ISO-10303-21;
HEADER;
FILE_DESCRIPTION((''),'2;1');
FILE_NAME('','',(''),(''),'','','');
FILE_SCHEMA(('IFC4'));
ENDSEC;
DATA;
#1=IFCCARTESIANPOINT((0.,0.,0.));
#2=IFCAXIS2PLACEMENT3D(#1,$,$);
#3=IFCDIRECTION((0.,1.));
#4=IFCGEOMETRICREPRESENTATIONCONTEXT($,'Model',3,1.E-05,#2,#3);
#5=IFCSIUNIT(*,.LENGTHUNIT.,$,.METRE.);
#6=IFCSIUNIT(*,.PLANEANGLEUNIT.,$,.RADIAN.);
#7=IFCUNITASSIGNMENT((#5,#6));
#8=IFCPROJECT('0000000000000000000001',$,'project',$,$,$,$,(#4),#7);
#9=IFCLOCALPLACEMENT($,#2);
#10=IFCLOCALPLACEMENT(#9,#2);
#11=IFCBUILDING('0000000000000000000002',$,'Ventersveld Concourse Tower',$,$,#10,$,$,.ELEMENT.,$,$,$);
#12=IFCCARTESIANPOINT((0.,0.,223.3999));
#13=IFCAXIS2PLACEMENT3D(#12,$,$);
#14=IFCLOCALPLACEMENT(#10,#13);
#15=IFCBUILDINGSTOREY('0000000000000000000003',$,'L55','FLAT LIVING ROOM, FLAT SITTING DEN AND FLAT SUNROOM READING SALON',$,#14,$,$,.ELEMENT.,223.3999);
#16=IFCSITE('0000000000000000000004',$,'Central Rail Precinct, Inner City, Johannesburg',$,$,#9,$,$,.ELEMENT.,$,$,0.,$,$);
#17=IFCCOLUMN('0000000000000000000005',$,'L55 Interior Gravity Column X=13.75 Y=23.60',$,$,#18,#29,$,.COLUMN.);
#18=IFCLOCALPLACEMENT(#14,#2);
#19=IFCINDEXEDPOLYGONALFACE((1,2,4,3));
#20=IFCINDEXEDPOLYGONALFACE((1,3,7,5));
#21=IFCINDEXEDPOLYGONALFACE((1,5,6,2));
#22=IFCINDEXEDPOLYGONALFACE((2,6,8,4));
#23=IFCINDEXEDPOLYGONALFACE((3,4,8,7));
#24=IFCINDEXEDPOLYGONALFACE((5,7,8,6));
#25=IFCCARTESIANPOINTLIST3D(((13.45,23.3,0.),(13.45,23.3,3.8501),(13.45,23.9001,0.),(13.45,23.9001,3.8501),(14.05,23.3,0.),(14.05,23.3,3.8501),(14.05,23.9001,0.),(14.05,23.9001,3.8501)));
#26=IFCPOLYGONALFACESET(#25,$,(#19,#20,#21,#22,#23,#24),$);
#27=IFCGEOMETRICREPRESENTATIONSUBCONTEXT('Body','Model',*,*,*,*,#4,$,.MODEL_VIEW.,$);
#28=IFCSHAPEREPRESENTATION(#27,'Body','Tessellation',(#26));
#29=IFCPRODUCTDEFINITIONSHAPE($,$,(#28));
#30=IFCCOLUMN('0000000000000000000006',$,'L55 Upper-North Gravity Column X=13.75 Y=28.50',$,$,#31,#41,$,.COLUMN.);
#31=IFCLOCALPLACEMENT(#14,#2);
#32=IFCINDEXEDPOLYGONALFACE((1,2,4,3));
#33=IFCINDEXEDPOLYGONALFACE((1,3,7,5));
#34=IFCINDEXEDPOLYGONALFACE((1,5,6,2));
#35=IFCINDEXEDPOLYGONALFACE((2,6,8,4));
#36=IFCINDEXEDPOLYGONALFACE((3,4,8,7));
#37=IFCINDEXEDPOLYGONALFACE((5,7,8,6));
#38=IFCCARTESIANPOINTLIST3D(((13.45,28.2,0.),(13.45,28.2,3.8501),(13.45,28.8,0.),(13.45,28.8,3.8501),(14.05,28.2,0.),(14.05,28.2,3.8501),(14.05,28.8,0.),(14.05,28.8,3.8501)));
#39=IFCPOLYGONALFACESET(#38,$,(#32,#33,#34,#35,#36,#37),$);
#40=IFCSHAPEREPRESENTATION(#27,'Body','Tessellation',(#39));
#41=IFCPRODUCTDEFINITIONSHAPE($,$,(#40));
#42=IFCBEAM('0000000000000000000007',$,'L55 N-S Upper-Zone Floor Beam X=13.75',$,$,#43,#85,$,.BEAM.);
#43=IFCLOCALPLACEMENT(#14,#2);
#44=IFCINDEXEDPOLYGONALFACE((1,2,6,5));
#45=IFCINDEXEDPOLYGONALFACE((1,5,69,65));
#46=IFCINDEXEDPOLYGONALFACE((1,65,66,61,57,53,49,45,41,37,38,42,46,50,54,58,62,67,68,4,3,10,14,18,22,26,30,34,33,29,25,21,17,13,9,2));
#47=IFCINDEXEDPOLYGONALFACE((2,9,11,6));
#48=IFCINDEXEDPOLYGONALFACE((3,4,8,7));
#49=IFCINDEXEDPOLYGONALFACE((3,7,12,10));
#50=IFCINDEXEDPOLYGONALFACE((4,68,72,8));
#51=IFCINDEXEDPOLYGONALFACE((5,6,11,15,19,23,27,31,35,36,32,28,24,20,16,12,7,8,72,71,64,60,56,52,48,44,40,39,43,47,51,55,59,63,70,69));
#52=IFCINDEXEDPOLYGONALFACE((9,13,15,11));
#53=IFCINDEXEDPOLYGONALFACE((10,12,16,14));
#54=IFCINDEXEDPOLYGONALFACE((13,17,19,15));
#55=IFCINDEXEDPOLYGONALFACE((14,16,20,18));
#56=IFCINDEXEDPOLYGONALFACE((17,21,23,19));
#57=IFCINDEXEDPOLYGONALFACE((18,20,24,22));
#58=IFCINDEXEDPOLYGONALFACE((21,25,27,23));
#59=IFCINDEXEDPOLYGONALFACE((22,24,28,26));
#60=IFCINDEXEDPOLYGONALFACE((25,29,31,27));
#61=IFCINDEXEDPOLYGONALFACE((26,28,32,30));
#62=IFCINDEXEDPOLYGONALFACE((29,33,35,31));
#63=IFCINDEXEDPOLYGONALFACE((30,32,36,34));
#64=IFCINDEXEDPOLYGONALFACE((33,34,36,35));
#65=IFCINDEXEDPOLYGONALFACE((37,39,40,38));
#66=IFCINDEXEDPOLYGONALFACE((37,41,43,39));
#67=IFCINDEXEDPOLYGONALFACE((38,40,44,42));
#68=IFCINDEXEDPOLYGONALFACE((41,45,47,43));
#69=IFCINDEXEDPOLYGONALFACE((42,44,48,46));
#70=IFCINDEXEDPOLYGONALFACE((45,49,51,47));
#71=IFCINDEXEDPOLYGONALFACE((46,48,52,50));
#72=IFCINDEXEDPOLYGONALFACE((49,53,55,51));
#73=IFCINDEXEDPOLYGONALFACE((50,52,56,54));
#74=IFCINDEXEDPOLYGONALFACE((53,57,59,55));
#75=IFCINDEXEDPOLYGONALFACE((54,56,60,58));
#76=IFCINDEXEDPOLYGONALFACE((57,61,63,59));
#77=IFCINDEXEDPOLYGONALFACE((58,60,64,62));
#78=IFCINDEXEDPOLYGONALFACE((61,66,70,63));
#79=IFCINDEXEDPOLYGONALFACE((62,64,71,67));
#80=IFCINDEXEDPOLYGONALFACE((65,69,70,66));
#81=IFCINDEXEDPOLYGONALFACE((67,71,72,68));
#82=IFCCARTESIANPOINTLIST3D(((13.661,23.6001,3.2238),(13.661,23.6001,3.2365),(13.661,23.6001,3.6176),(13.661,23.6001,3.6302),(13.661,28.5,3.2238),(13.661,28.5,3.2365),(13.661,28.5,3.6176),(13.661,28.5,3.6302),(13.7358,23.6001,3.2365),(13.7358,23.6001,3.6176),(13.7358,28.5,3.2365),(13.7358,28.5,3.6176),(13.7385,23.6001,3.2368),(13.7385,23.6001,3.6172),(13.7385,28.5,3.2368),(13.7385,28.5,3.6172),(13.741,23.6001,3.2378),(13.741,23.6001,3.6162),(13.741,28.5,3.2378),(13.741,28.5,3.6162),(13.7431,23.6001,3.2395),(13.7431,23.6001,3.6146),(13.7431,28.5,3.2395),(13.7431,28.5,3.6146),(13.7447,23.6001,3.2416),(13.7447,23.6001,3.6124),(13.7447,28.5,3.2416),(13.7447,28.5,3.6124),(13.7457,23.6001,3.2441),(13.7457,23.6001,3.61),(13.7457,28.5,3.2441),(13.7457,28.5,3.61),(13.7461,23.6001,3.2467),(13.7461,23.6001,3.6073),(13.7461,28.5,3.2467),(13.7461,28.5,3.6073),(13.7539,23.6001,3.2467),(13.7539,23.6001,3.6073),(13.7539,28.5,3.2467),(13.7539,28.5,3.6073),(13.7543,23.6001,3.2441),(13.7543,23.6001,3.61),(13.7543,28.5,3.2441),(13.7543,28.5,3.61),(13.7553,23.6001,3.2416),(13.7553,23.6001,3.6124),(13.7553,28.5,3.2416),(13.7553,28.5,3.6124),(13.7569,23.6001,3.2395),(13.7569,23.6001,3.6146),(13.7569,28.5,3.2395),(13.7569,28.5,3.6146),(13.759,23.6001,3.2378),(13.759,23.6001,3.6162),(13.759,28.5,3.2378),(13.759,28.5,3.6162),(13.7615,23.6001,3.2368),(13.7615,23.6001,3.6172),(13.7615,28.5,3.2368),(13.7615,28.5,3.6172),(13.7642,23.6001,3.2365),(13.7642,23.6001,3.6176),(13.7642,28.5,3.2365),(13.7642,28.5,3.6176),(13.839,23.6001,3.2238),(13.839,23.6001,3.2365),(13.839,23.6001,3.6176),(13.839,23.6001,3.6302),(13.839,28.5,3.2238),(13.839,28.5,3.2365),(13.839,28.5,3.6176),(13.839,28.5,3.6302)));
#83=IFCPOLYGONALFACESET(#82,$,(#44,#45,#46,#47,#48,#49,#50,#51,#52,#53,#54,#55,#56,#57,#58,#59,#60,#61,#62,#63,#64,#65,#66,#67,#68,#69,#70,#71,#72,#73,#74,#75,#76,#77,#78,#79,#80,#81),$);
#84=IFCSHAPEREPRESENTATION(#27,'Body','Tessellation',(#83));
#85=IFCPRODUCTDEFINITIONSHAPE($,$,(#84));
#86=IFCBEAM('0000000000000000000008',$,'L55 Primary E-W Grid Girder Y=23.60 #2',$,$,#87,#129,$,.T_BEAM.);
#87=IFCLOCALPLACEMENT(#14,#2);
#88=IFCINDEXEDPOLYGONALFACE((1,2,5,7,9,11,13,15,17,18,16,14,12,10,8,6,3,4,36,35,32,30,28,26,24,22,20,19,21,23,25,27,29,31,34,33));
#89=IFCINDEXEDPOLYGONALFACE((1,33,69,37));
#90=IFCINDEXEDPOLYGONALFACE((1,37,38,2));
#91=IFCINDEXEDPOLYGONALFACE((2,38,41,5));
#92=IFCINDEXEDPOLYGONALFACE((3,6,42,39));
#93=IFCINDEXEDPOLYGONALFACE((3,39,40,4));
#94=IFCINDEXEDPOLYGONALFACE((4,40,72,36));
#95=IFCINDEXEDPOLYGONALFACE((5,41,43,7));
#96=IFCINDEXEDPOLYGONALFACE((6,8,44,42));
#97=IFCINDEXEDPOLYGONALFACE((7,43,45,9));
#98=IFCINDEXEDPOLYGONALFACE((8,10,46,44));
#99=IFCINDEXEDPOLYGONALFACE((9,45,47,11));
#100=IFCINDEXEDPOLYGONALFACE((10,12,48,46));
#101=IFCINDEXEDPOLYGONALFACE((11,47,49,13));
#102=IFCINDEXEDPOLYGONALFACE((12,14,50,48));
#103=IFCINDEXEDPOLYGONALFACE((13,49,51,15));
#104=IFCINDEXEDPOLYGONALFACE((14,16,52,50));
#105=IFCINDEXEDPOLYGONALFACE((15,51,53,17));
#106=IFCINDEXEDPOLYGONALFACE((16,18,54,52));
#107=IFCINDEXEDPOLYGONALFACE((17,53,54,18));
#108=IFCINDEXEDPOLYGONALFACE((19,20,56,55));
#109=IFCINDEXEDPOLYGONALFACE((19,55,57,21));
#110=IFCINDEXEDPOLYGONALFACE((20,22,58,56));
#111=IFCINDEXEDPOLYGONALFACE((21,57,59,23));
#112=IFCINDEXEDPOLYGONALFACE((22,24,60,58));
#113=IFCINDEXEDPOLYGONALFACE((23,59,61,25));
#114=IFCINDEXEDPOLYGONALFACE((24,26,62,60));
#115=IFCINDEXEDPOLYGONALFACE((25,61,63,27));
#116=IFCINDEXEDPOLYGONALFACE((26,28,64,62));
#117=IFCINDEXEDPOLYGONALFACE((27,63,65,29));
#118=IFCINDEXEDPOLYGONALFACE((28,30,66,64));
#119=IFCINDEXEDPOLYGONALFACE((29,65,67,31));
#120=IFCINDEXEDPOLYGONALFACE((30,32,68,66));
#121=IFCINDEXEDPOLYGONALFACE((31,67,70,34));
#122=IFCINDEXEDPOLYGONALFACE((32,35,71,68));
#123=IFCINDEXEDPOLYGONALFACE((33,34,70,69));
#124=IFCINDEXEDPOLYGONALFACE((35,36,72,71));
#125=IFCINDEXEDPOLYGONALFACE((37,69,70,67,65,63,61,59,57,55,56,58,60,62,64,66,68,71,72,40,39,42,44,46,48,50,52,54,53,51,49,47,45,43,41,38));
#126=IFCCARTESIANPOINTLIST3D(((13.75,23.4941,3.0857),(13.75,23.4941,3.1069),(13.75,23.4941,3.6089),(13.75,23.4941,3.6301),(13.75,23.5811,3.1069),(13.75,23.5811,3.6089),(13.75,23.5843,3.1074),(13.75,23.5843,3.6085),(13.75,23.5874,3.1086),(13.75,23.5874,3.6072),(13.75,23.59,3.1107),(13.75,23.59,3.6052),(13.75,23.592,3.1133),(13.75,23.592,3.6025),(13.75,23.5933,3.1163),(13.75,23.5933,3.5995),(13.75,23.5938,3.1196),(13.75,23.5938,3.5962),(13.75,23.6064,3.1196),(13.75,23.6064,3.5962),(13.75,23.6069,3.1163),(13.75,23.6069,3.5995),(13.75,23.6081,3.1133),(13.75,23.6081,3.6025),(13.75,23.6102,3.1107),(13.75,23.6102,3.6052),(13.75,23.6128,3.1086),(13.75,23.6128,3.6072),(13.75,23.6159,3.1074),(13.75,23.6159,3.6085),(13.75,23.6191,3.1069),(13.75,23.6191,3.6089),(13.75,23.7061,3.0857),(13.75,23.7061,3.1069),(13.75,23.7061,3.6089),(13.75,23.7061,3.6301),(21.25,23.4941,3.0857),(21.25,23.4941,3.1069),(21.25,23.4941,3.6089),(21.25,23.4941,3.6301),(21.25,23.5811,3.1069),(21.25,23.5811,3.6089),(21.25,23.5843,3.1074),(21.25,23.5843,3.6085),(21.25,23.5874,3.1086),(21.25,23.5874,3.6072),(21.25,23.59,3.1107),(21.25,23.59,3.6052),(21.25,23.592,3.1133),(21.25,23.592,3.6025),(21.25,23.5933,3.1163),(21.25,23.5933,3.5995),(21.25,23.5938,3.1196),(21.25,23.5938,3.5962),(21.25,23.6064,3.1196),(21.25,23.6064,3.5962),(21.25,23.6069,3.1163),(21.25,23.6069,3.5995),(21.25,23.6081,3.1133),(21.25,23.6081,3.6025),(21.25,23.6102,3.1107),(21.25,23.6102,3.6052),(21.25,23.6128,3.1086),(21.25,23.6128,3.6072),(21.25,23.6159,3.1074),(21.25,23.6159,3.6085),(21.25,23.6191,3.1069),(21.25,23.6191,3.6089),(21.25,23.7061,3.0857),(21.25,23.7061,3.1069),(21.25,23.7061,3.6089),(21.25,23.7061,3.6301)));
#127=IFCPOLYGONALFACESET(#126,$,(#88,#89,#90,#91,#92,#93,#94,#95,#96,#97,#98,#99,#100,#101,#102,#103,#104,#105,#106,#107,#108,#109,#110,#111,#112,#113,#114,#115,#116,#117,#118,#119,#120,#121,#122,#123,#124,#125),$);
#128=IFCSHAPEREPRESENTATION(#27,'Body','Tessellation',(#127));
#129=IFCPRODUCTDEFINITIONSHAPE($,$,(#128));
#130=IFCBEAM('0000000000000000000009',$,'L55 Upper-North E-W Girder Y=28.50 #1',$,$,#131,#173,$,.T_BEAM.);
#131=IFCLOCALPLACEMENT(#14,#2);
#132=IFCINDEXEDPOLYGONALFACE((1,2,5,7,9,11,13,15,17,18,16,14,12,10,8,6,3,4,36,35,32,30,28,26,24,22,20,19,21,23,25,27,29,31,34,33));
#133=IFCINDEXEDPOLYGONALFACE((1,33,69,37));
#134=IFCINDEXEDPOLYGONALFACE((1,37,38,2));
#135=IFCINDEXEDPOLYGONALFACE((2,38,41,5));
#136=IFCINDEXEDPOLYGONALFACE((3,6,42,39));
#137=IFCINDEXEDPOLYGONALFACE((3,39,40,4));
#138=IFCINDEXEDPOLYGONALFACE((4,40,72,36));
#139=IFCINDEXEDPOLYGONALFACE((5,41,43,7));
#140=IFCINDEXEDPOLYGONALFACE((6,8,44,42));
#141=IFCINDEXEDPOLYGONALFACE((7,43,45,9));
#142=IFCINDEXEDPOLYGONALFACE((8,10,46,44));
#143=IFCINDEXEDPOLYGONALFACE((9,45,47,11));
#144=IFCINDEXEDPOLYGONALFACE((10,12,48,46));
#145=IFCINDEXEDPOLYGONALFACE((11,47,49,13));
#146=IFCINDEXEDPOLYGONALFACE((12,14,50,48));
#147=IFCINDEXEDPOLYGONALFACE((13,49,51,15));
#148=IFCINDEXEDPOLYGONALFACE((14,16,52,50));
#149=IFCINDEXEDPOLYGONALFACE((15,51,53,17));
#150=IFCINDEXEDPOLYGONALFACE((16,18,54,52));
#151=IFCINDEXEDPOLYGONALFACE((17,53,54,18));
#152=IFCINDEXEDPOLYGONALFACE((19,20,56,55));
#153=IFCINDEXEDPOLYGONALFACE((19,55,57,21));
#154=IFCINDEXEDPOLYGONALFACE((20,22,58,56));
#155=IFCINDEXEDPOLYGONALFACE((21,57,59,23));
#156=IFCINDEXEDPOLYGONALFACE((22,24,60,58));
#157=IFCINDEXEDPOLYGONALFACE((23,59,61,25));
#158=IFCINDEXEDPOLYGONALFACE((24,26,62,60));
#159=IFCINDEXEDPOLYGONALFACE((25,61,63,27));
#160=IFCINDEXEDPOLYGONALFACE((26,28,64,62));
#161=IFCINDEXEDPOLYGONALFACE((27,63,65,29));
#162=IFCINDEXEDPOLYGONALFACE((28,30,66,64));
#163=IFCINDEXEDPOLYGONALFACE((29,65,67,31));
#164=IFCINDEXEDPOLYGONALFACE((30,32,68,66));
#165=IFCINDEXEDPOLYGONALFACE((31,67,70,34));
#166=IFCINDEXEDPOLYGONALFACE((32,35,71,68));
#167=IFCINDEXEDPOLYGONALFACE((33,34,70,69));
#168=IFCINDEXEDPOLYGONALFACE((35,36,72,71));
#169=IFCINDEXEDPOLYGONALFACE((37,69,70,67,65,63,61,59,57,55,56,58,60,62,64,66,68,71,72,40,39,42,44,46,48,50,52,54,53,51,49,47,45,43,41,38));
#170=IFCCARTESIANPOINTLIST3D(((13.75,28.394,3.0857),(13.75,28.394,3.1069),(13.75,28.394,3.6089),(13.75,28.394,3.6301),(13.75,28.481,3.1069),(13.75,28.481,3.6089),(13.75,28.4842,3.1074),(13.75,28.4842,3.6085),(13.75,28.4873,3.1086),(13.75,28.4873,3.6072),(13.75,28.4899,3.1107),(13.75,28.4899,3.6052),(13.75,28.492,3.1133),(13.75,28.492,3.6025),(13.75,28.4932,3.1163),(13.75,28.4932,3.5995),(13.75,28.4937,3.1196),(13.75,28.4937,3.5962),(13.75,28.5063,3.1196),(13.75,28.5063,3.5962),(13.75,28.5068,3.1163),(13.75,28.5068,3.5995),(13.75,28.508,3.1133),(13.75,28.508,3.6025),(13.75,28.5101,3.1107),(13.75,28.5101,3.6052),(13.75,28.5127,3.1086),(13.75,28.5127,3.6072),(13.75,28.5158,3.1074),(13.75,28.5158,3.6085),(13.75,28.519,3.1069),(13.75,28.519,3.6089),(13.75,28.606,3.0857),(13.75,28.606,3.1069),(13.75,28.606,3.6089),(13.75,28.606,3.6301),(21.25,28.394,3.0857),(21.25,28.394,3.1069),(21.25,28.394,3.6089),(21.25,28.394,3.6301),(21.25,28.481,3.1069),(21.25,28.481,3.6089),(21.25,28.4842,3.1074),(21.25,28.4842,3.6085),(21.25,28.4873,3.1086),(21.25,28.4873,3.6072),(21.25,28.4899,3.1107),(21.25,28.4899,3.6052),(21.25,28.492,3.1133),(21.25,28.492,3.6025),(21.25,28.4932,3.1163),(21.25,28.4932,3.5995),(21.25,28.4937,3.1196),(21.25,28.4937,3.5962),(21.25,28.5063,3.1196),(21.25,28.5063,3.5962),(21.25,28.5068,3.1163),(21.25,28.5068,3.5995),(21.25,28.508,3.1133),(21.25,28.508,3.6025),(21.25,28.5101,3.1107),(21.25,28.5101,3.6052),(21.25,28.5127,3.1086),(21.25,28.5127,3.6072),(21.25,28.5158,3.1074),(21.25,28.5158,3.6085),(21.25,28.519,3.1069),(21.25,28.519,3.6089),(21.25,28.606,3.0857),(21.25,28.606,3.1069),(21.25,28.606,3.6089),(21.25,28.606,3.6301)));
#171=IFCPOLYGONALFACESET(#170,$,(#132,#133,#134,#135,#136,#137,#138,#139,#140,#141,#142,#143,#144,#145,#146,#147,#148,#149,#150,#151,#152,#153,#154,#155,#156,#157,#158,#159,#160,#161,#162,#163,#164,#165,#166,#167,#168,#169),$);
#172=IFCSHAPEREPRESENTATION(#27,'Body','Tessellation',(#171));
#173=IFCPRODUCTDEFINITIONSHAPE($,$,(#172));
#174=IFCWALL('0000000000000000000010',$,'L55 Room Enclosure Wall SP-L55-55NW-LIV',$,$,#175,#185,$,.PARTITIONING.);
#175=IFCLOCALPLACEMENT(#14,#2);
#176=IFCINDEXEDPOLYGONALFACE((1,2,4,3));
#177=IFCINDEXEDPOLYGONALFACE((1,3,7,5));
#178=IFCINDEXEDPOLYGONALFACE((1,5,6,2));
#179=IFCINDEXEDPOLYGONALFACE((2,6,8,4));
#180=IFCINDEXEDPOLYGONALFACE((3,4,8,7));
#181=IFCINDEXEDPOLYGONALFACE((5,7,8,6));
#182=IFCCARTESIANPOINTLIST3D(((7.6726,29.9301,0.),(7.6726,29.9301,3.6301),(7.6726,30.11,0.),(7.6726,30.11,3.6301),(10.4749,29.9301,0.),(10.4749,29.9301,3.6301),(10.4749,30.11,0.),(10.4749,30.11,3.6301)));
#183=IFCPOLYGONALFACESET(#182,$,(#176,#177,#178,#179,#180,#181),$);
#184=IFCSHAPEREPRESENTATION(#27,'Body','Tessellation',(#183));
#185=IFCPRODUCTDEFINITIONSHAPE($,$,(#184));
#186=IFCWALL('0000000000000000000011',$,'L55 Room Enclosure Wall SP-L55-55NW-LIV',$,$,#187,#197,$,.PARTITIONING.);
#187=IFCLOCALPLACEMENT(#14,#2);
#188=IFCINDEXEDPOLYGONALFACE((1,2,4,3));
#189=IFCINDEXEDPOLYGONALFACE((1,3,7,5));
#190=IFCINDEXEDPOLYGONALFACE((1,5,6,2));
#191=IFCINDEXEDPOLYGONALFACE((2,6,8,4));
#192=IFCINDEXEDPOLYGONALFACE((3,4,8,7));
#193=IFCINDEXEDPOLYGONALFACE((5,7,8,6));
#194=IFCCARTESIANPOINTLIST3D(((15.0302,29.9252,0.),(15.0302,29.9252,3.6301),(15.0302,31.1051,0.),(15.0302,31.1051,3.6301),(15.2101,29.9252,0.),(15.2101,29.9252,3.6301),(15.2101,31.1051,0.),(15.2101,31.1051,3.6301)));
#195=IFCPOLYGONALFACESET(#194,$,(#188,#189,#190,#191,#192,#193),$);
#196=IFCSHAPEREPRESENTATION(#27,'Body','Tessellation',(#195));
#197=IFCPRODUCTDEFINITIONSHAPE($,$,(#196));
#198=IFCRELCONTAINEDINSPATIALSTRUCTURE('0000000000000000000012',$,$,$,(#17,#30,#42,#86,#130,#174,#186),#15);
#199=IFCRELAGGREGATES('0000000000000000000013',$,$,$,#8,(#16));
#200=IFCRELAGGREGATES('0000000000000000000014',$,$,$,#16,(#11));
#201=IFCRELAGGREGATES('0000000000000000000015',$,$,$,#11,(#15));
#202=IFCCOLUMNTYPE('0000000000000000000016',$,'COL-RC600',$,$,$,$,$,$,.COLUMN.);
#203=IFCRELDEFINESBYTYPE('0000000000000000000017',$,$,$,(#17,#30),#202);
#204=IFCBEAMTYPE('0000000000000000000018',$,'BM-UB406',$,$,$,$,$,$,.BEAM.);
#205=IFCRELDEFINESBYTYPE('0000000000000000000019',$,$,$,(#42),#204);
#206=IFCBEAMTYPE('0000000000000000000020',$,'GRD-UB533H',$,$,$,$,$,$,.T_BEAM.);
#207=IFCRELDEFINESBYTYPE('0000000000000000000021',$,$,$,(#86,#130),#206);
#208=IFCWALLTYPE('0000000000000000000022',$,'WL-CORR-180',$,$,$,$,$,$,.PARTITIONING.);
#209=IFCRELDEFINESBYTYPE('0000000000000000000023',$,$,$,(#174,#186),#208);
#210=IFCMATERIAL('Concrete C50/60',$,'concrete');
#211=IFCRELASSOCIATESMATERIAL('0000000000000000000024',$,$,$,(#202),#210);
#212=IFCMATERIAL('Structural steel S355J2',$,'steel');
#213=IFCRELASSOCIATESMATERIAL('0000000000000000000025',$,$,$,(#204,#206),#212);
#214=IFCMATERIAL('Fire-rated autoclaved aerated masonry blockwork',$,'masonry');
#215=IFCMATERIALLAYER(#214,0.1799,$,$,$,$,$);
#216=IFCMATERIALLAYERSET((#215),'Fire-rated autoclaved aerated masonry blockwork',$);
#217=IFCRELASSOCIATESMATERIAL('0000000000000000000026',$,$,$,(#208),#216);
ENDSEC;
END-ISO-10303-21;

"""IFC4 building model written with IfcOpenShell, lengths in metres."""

from ifc_helpers import new_model, si_unit, direction, frame, frame_2d, origin, origin_2d, place, context, subcontext, project, spatial, rectangle, i_section, extrude, material, layer, layer_set, material_profile, profile_set, type_object, element, save


model = new_model("IFC4")

# Units and contexts
model_context = context("Model", 3, precision=1e-05, world=origin(), true_north=direction((0.0, 1.0)))
body_context = subcontext(model_context, "Body", "Model", "MODEL_VIEW")
ifc_project = project(units=[si_unit("LENGTHUNIT", "METRE"), si_unit("PLANEANGLEUNIT", "RADIAN")], contexts=[model_context])

# Site, building, storey
site_placement = place(None, origin())
site = spatial("IfcSite", under=ifc_project, at=site_placement, Name="Central Rail Precinct, Inner City, Johannesburg", CompositionType="ELEMENT", RefElevation=0.0)
building_placement = place(site_placement, origin())
building = spatial("IfcBuilding", under=site, at=building_placement, Name="Ventersveld Concourse Tower", CompositionType="ELEMENT")
storey_placement = place(building_placement, frame((0.0, 0.0, 223.3999)))
storey = spatial("IfcBuildingStorey", under=building, at=storey_placement, Name="L55", Description="FLAT LIVING ROOM, FLAT SITTING DEN AND FLAT SUNROOM READING SALON", CompositionType="ELEMENT", Elevation=223.3999)

# Columns
ifc_material_1 = material(Name="Concrete C50/60", Category="concrete")
ifc_material_profile_1 = material_profile(ifc_material_1, rectangle(XDim=0.6001, YDim=0.6001, at=origin_2d()), Name="RC 600x600")
ifc_profile_set_1 = profile_set([ifc_material_profile_1], Name="Concrete C50/60")
column_type = type_object("IfcColumnType", Name="COL-RC600", PredefinedType="COLUMN", material=ifc_profile_set_1)
for number, where, z_axis, x_axis, name in (
    (1, (13.75, 23.6001, 0.0), (0.0, 0.0, 1.0), (1.0, 0.0, 0.0), "L55 Interior Gravity Column X=13.75 Y=23.60"),
    (2, (13.75, 28.5, 0.0), (0.0, 0.0, 1.0), (1.0, 0.0, 0.0), "L55 Upper-North Gravity Column X=13.75 Y=28.50"),
):
    element("IfcColumn", number, at=place(storey_placement, frame(where, z_axis=z_axis, x_axis=x_axis)), inside=storey, type_object=column_type, Name=name, PredefinedType="COLUMN", context=body_context, shape_type="SweptSolid", body=[
        extrude(rectangle(XDim=0.6001, YDim=0.6001, at=origin_2d()), origin(), (0.0, 0.0, 1.0), 3.8501),
    ])

# Beams
ifc_material_2 = material(Name="Structural steel S355J2", Category="steel")
ifc_material_profile_2 = material_profile(ifc_material_2, i_section(OverallWidth=0.178, OverallDepth=0.4065, WebThickness=0.0078, FlangeThickness=0.0127, FilletRadius=0.0103, at=origin_2d()), Name="UB 406x178x60")
ifc_profile_set_2 = profile_set([ifc_material_profile_2], Name="Structural steel S355J2")
beam_type_1 = type_object("IfcBeamType", Name="BM-UB406", PredefinedType="BEAM", material=ifc_profile_set_2)
beam_placement = place(storey_placement, frame((13.75, 23.6001, 3.427), z_axis=(0.0, 1.0, 0.0), x_axis=(-1.0, 0.0, 0.0)))
element("IfcBeam", 3, at=beam_placement, inside=storey, type_object=beam_type_1, Name="L55 N-S Upper-Zone Floor Beam X=13.75", PredefinedType="BEAM", context=body_context, shape_type="SweptSolid", body=[
    extrude(i_section(OverallWidth=0.178, OverallDepth=0.4065, WebThickness=0.0078, FlangeThickness=0.0127, FilletRadius=0.0103, at=origin_2d()), origin(), (0.0, 0.0, 1.0), 4.8999),
])
ifc_material_profile_3 = material_profile(ifc_material_2, i_section(OverallWidth=0.2119, OverallDepth=0.5444, WebThickness=0.0127, FlangeThickness=0.0212, FilletRadius=0.0127, at=origin_2d()), Name="UB 533x210x122")
ifc_profile_set_3 = profile_set([ifc_material_profile_3], Name="Structural steel S355J2")
beam_type_2 = type_object("IfcBeamType", Name="GRD-UB533H", PredefinedType="T_BEAM", material=ifc_profile_set_3)
for number, where, z_axis, x_axis, name in (
    (4, (13.75, 23.6001, 3.3579), (1.0, 0.0, 0.0), (0.0, 1.0, 0.0), "L55 Primary E-W Grid Girder Y=23.60 #2"),
    (5, (13.75, 28.5, 3.3579), (1.0, 0.0, 0.0), (0.0, 1.0, 0.0), "L55 Upper-North E-W Girder Y=28.50 #1"),
):
    element("IfcBeam", number, at=place(storey_placement, frame(where, z_axis=z_axis, x_axis=x_axis)), inside=storey, type_object=beam_type_2, Name=name, PredefinedType="T_BEAM", context=body_context, shape_type="SweptSolid", body=[
        extrude(i_section(OverallWidth=0.2119, OverallDepth=0.5444, WebThickness=0.0127, FlangeThickness=0.0212, FilletRadius=0.0127, at=origin_2d()), origin(), (0.0, 0.0, 1.0), 7.5),
    ])

# Walls
ifc_material_3 = material(Name="Fire-rated autoclaved aerated masonry blockwork", Category="masonry")
ifc_layer_1 = layer(ifc_material_3, 0.1799)
ifc_layer_set_1 = layer_set([ifc_layer_1], Name="Fire-rated autoclaved aerated masonry blockwork")
wall_type_1 = type_object("IfcWallType", Name="WL-CORR-180", PredefinedType="PARTITIONING", material=ifc_layer_set_1)
wall_1_placement = place(storey_placement, frame((10.4749, 30.02, 0.0), z_axis=(0.0, 0.0, 1.0), x_axis=(-1.0, 0.0, 0.0)))
element("IfcWall", 6, at=wall_1_placement, inside=storey, type_object=wall_type_1, Name="L55 Room Enclosure Wall SP-L55-55NW-LIV", PredefinedType="PARTITIONING", context=body_context, shape_type="SweptSolid", body=[
    extrude(rectangle(XDim=2.8022, YDim=0.1799, at=frame_2d((1.4011, 0.0))), origin(), (0.0, 0.0, 1.0), 3.6301),
])
wall_2_placement = place(storey_placement, frame((15.1201, 31.105, 0.0), z_axis=(0.0, 0.0, 1.0), x_axis=(0.0, -1.0, 0.0)))
element("IfcWall", 7, at=wall_2_placement, inside=storey, type_object=wall_type_1, Name="L55 Room Enclosure Wall SP-L55-55NW-LIV", PredefinedType="PARTITIONING", context=body_context, shape_type="SweptSolid", body=[
    extrude(rectangle(XDim=1.1799, YDim=0.1799, at=frame_2d((0.5898, 0.0))), origin(), (0.0, 0.0, 1.0), 3.6301),
])

save(model, "model.ifc")
